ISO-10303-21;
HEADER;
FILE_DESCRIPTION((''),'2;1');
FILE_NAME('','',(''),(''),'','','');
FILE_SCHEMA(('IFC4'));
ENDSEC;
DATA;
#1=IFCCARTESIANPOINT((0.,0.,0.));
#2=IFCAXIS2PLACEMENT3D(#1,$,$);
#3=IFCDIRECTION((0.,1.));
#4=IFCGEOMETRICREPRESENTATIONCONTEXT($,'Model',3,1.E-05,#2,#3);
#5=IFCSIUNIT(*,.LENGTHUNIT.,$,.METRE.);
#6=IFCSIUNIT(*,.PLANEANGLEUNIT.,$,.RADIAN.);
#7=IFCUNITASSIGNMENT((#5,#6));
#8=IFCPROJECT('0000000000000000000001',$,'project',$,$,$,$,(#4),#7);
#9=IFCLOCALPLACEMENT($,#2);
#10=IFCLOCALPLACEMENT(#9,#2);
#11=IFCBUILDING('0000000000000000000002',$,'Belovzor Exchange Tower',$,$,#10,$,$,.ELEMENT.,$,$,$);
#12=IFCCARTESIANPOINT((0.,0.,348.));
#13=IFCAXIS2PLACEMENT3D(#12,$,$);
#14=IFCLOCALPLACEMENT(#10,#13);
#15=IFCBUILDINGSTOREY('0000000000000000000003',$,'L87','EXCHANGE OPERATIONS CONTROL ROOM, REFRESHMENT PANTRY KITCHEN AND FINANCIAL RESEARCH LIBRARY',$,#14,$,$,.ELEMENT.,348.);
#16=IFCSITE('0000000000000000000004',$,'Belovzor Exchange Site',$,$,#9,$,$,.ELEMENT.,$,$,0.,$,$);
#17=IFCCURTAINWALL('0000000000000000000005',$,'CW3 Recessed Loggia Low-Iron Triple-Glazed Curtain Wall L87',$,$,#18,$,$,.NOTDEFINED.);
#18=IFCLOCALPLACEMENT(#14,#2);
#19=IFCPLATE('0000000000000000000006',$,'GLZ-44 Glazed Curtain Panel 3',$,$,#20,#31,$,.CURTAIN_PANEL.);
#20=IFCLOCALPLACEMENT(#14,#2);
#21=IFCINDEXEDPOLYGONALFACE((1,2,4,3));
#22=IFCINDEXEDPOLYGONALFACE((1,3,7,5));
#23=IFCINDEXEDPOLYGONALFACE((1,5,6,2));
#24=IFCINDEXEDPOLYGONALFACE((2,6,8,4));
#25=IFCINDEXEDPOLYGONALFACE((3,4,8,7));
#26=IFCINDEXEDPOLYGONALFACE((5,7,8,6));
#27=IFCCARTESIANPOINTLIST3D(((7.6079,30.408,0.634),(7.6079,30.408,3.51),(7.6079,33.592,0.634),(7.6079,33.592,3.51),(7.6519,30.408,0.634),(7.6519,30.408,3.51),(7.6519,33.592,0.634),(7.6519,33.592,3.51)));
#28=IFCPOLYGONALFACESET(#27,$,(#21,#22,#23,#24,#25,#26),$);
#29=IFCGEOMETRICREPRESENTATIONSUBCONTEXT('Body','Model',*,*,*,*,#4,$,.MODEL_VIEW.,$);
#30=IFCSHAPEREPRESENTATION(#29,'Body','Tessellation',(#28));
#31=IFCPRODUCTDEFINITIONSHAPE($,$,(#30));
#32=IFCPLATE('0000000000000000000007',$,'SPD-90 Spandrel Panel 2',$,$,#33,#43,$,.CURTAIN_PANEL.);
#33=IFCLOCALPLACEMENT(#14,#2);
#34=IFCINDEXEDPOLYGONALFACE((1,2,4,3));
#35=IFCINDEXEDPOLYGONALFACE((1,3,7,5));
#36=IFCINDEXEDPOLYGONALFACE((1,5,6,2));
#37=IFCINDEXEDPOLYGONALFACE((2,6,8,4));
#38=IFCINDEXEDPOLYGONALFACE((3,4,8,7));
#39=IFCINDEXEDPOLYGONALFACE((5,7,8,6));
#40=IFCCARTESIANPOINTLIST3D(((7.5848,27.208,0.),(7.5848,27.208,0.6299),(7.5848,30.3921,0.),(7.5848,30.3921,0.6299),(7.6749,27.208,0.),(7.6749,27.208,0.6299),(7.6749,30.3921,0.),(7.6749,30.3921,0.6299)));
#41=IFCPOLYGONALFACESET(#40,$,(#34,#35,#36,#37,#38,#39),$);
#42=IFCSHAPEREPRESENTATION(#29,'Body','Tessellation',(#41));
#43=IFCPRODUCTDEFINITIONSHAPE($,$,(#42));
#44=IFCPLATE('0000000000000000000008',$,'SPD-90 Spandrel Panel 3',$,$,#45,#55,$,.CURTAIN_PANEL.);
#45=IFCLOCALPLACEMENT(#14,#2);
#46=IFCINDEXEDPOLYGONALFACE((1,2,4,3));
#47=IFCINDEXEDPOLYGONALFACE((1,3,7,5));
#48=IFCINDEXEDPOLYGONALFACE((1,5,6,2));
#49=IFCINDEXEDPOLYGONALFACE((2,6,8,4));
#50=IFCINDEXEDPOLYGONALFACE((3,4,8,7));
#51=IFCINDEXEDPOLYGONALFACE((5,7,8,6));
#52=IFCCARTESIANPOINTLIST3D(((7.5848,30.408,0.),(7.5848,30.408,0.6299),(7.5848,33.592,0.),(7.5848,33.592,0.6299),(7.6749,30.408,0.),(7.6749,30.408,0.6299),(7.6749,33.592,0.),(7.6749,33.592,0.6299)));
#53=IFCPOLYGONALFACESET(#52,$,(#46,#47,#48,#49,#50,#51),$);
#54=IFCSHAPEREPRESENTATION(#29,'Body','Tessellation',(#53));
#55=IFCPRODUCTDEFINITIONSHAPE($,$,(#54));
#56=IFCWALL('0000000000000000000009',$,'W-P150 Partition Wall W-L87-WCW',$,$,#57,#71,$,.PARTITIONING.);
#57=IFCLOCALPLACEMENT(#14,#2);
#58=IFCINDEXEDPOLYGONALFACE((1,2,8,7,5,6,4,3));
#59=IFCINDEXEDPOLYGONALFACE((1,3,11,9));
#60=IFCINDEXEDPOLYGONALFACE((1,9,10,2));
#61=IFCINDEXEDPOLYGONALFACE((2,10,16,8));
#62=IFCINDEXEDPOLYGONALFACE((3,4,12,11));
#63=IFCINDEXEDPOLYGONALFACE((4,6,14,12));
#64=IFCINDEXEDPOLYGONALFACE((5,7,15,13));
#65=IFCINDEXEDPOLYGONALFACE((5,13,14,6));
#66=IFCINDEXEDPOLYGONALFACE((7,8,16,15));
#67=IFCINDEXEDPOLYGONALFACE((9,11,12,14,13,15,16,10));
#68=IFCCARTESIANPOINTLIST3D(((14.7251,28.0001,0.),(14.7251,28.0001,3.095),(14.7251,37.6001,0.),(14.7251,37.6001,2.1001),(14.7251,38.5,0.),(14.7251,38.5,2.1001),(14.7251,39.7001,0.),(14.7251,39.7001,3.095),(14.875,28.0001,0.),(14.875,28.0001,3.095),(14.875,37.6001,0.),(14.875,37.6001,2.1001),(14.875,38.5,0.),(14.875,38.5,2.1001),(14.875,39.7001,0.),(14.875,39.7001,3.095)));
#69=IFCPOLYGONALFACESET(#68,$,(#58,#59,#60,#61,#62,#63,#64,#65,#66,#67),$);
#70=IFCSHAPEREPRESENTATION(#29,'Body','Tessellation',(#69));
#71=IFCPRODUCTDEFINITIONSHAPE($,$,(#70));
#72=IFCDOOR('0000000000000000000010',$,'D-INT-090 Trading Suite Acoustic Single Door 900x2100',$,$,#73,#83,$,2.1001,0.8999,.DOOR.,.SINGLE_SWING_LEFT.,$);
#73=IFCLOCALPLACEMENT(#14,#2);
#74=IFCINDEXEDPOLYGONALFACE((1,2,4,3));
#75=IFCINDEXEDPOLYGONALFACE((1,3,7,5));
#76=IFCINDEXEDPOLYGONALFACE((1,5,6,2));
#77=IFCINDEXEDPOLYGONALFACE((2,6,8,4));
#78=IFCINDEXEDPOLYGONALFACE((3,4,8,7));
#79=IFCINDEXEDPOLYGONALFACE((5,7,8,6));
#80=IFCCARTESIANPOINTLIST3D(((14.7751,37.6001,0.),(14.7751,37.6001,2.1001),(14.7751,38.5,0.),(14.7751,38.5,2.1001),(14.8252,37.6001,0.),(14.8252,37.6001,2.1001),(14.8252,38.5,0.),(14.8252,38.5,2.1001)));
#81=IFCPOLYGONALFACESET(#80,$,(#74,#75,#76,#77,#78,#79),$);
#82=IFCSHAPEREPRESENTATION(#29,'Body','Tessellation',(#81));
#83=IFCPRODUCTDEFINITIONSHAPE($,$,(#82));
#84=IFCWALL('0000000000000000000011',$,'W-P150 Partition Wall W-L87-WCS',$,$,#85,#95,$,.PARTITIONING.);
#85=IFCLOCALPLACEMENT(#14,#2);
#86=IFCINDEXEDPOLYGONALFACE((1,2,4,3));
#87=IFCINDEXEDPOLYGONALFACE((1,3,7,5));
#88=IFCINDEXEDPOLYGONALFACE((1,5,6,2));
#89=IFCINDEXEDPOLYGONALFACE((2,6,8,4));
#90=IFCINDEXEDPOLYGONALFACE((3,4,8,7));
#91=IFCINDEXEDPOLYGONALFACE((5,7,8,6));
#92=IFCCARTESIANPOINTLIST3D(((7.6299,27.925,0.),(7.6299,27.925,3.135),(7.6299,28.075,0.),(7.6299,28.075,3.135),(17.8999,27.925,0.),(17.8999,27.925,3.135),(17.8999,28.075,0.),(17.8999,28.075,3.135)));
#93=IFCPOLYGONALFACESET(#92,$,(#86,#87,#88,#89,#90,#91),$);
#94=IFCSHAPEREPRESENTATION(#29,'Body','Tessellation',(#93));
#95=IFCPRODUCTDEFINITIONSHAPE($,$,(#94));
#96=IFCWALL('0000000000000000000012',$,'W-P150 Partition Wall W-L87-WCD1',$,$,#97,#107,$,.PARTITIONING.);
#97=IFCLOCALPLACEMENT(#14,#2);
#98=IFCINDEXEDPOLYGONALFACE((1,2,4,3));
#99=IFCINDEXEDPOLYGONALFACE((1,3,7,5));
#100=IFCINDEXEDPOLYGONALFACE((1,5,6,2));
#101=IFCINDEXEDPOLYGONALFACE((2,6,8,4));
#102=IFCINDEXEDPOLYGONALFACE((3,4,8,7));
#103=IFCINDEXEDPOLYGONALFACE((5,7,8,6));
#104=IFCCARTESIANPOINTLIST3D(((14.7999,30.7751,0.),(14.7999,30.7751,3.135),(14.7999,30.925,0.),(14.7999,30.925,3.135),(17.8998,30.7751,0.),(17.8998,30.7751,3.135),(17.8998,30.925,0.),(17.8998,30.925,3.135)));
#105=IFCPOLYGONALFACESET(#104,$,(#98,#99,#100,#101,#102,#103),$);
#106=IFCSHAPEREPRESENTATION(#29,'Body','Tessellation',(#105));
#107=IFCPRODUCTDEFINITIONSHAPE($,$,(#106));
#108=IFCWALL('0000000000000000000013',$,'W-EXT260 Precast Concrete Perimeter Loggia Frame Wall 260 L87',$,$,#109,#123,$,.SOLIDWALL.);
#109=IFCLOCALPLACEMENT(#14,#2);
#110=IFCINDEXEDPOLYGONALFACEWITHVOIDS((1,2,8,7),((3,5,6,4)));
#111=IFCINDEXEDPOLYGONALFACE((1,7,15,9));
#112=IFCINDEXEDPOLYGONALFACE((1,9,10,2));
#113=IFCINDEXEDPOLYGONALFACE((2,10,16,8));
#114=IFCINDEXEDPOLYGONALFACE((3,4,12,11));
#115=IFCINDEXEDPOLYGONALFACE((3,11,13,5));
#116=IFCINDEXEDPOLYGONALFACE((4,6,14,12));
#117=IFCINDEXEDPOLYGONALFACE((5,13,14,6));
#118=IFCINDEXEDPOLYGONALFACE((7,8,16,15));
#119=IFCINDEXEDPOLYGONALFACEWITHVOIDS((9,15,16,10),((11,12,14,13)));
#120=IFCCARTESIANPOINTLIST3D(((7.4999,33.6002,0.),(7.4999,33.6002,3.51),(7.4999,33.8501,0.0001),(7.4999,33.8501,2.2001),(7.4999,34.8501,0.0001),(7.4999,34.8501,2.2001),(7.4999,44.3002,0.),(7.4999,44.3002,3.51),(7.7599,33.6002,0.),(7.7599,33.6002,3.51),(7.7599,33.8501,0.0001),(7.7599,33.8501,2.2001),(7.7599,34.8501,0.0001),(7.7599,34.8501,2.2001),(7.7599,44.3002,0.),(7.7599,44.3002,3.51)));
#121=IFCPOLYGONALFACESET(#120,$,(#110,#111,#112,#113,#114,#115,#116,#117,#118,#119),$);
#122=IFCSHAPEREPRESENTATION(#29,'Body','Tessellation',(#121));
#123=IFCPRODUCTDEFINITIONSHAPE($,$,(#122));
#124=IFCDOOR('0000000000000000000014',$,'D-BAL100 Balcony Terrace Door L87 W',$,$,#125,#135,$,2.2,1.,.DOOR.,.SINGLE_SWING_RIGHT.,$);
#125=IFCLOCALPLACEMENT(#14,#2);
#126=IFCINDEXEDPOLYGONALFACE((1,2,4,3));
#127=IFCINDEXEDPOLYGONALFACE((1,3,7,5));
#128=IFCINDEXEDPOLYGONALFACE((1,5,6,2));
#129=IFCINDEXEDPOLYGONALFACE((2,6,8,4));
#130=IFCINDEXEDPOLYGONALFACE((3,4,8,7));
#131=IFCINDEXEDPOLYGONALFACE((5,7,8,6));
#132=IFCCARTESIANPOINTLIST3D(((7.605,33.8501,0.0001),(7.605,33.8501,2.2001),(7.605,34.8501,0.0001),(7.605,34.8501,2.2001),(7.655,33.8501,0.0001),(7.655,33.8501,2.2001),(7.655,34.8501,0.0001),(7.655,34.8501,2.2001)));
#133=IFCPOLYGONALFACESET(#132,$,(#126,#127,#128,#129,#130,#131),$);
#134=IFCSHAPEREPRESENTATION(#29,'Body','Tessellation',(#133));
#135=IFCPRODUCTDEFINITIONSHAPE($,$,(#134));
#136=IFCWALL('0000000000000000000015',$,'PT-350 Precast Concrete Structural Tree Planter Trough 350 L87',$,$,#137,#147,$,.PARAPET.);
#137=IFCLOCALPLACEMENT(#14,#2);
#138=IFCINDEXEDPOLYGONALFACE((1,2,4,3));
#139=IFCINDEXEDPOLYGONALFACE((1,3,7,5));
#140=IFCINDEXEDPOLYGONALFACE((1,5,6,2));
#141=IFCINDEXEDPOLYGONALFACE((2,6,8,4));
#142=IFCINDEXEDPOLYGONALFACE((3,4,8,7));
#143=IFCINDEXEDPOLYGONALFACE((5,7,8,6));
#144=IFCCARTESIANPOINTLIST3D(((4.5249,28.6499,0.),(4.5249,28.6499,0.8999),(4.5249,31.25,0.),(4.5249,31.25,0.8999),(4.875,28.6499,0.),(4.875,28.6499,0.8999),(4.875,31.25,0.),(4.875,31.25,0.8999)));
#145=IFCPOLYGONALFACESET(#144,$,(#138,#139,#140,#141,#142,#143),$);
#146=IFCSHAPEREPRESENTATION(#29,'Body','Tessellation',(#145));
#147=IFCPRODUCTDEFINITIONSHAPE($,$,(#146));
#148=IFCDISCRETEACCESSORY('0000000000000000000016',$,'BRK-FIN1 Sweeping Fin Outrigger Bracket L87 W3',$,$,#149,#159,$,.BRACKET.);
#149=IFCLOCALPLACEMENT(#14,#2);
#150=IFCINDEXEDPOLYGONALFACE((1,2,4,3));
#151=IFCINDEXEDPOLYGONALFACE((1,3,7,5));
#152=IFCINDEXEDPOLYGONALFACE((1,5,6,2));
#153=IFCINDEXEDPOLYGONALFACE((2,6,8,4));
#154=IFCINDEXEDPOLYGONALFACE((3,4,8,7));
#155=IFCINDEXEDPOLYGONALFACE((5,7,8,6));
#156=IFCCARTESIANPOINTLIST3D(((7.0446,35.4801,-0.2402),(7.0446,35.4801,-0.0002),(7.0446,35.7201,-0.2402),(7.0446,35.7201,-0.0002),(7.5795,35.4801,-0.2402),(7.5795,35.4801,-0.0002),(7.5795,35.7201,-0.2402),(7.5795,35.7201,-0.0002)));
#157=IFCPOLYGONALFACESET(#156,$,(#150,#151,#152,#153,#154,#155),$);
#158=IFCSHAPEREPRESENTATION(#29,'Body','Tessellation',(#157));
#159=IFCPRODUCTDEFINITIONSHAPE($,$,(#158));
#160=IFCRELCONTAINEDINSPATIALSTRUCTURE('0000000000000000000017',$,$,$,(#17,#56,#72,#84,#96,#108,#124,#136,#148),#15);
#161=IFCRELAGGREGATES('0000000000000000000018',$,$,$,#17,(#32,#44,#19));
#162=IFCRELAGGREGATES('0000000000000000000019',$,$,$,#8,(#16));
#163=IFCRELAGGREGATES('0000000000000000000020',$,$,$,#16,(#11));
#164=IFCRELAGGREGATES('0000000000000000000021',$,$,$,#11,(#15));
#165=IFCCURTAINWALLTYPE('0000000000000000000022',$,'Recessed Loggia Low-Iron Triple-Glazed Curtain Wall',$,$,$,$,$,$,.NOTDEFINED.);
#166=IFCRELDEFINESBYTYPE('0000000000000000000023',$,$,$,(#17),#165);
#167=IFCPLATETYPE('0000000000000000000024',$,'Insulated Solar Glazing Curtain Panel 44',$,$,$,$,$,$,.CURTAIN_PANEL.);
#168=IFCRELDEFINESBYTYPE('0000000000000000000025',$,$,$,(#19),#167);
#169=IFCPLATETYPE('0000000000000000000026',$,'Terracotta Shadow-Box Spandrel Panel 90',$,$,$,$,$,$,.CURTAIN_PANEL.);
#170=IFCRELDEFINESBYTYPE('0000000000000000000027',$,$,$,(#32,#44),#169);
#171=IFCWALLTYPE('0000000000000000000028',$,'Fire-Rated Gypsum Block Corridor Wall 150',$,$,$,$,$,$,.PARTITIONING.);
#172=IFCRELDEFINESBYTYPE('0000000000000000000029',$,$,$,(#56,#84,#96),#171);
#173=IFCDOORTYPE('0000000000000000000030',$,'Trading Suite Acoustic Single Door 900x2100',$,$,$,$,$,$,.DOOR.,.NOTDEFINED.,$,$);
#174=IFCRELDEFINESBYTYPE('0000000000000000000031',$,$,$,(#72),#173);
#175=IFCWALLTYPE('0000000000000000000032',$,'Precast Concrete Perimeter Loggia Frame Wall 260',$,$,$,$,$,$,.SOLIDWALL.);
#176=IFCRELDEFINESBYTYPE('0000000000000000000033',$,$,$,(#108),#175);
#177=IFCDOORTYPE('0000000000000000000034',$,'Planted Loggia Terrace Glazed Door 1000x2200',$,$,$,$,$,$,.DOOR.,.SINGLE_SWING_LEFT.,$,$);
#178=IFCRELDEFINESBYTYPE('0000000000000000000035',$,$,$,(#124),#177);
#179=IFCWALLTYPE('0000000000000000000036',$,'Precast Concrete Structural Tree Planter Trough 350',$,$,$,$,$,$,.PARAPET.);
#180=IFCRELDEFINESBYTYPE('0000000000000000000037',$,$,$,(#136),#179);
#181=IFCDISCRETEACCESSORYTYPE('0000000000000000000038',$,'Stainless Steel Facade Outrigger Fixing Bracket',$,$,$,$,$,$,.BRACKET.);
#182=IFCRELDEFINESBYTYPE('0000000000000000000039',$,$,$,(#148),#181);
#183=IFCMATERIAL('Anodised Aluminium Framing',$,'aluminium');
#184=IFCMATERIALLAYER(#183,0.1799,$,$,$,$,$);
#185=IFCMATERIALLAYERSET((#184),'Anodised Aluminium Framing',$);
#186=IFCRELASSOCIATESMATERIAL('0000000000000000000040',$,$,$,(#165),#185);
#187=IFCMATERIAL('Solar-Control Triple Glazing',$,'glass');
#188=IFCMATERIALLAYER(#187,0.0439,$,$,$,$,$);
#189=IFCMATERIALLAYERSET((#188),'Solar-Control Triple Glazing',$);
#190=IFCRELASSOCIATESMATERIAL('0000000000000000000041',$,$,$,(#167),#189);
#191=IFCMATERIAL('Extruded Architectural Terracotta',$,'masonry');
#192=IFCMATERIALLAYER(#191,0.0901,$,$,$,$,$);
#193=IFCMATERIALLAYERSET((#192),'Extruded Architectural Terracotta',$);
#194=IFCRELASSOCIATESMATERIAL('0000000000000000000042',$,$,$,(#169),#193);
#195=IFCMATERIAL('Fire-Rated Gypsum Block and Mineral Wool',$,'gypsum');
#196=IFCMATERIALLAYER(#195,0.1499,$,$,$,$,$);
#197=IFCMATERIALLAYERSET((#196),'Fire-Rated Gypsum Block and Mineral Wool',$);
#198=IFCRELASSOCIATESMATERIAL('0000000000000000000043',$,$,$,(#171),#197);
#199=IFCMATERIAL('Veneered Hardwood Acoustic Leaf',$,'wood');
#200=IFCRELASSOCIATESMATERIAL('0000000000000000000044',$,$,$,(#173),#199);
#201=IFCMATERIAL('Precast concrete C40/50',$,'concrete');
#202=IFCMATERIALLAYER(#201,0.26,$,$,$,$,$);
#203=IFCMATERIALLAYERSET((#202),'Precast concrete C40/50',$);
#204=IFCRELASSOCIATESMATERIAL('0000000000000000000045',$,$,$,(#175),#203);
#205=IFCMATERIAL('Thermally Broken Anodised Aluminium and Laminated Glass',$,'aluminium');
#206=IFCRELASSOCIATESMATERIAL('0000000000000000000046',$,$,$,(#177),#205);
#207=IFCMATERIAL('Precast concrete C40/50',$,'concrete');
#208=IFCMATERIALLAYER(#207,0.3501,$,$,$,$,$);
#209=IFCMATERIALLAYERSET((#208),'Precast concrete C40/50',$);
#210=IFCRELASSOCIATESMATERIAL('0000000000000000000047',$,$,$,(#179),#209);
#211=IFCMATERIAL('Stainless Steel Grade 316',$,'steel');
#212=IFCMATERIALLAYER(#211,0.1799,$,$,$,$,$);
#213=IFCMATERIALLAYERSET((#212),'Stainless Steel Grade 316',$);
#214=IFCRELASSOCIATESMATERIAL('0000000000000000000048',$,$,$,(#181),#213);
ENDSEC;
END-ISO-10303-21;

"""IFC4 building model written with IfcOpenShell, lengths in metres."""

from ifc_helpers import new_model, si_unit, direction, frame, frame_2d, origin, origin_2d, place, context, subcontext, project, spatial, rectangle, extrude, material, layer, layer_set, type_object, element, fill, aggregate, save


model = new_model("IFC4")

# Units and contexts
model_context = context("Model", 3, precision=1e-05, world=origin(), true_north=direction((0.0, 1.0)))
body_context = subcontext(model_context, "Body", "Model", "MODEL_VIEW")
ifc_project = project(units=[si_unit("LENGTHUNIT", "METRE"), si_unit("PLANEANGLEUNIT", "RADIAN")], contexts=[model_context])

# Site, building, storey
site_placement = place(None, origin())
site = spatial("IfcSite", under=ifc_project, at=site_placement, Name="Belovzor Exchange Site", CompositionType="ELEMENT", RefElevation=0.0)
building_placement = place(site_placement, origin())
building = spatial("IfcBuilding", under=site, at=building_placement, Name="Belovzor Exchange Tower", CompositionType="ELEMENT")
storey_placement = place(building_placement, frame((0.0, 0.0, 348.0)))
storey = spatial("IfcBuildingStorey", under=building, at=storey_placement, Name="L87", Description="EXCHANGE OPERATIONS CONTROL ROOM, REFRESHMENT PANTRY KITCHEN AND FINANCIAL RESEARCH LIBRARY", CompositionType="ELEMENT", Elevation=348.0)

# Curtain wall
ifc_material_1 = material(Name="Anodised Aluminium Framing", Category="aluminium")
ifc_layer_1 = layer(ifc_material_1, 0.1799)
ifc_layer_set_1 = layer_set([ifc_layer_1], Name="Anodised Aluminium Framing")
curtain_wall_type = type_object("IfcCurtainWallType", Name="Recessed Loggia Low-Iron Triple-Glazed Curtain Wall", PredefinedType="NOTDEFINED", material=ifc_layer_set_1)
curtain_wall_placement = place(storey_placement, origin())
curtain_wall = element("IfcCurtainWall", 1, at=curtain_wall_placement, inside=storey, type_object=curtain_wall_type, Name="CW3 Recessed Loggia Low-Iron Triple-Glazed Curtain Wall L87", PredefinedType="NOTDEFINED")

# Plates
ifc_material_2 = material(Name="Solar-Control Triple Glazing", Category="glass")
ifc_layer_2 = layer(ifc_material_2, 0.0439)
ifc_layer_set_2 = layer_set([ifc_layer_2], Name="Solar-Control Triple Glazing")
plate_type_1 = type_object("IfcPlateType", Name="Insulated Solar Glazing Curtain Panel 44", PredefinedType="CURTAIN_PANEL", material=ifc_layer_set_2)
plate_1_placement = place(storey_placement, frame((7.6299, 32.0, 0.634), z_axis=(0.0, 0.0, 1.0), x_axis=(0.0, 1.0, 0.0)))
plate_1 = element("IfcPlate", 2, at=plate_1_placement, type_object=plate_type_1, Name="GLZ-44 Glazed Curtain Panel 3", PredefinedType="CURTAIN_PANEL", context=body_context, shape_type="SweptSolid", body=[
    extrude(rectangle(XDim=3.1841, YDim=0.0439, at=origin_2d()), origin(), (0.0, 0.0, 1.0), 2.876),
])
ifc_material_3 = material(Name="Extruded Architectural Terracotta", Category="masonry")
ifc_layer_3 = layer(ifc_material_3, 0.0901)
ifc_layer_set_3 = layer_set([ifc_layer_3], Name="Extruded Architectural Terracotta")
plate_type_2 = type_object("IfcPlateType", Name="Terracotta Shadow-Box Spandrel Panel 90", PredefinedType="CURTAIN_PANEL", material=ifc_layer_set_3)
plate_2_placement = place(storey_placement, frame((7.6299, 28.8, 0.0), z_axis=(0.0, 0.0, 1.0), x_axis=(0.0, 1.0, 0.0)))
plate_2 = element("IfcPlate", 3, at=plate_2_placement, type_object=plate_type_2, Name="SPD-90 Spandrel Panel 2", PredefinedType="CURTAIN_PANEL", context=body_context, shape_type="SweptSolid", body=[
    extrude(rectangle(XDim=3.1841, YDim=0.0901, at=origin_2d()), origin(), (0.0, 0.0, 1.0), 0.6299),
])
plate_3_placement = place(storey_placement, frame((7.6299, 32.0, 0.0), z_axis=(0.0, 0.0, 1.0), x_axis=(0.0, 1.0, 0.0)))
plate_3 = element("IfcPlate", 4, at=plate_3_placement, type_object=plate_type_2, Name="SPD-90 Spandrel Panel 3", PredefinedType="CURTAIN_PANEL", context=body_context, shape_type="SweptSolid", body=[
    extrude(rectangle(XDim=3.1841, YDim=0.0901, at=origin_2d()), origin(), (0.0, 0.0, 1.0), 0.6299),
])
aggregate(curtain_wall, [plate_2, plate_3, plate_1])

# Wall, opening, door
ifc_material_4 = material(Name="Fire-Rated Gypsum Block and Mineral Wool", Category="gypsum")
ifc_layer_4 = layer(ifc_material_4, 0.1499)
ifc_layer_set_4 = layer_set([ifc_layer_4], Name="Fire-Rated Gypsum Block and Mineral Wool")
wall_type_1 = type_object("IfcWallType", Name="Fire-Rated Gypsum Block Corridor Wall 150", PredefinedType="PARTITIONING", material=ifc_layer_set_4)
wall_1_placement = place(storey_placement, frame((14.8, 28.0, 0.0), z_axis=(0.0, 0.0, 1.0), x_axis=(0.0, 1.0, 0.0)))
wall_1 = element("IfcWall", 5, at=wall_1_placement, inside=storey, type_object=wall_type_1, Name="W-P150 Partition Wall W-L87-WCW", PredefinedType="PARTITIONING", context=body_context, shape_type="SweptSolid", body=[
    extrude(rectangle(XDim=11.7, YDim=0.1499, at=frame_2d((5.8501, 0.0))), origin(), (0.0, 0.0, 1.0), 3.095),
])
opening_1_placement = place(wall_1_placement, frame((9.6001, 0.0, 0.0)))
opening_1 = element("IfcOpeningElement", 6, at=opening_1_placement, cuts=wall_1, PredefinedType="OPENING", context=body_context, shape_type="SweptSolid", body=[
    extrude(rectangle(XDim=0.8999, YDim=2.1001, at=frame_2d((0.45, 1.05))), frame((0.0, 0.085, 0.0), z_axis=(0.0, -1.0, 0.0), x_axis=(1.0, 0.0, 0.0)), (0.0, 0.0, 1.0), 0.1699),
])
ifc_material_5 = material(Name="Veneered Hardwood Acoustic Leaf", Category="wood")
door_type_1 = type_object("IfcDoorType", Name="Trading Suite Acoustic Single Door 900x2100", OperationType="NOTDEFINED", PredefinedType="DOOR", material=ifc_material_5)
door_1_placement = place(opening_1_placement, origin())
door_1 = element("IfcDoor", 7, at=door_1_placement, inside=storey, type_object=door_type_1, Name="D-INT-090 Trading Suite Acoustic Single Door 900x2100", OperationType="SINGLE_SWING_LEFT", OverallHeight=2.1001, OverallWidth=0.8999, PredefinedType="DOOR", context=body_context, shape_type="SweptSolid", body=[
    extrude(rectangle(XDim=0.8999, YDim=2.1001, at=frame_2d((0.45, 1.05))), frame((0.0, 0.0249, 0.0), z_axis=(0.0, -1.0, 0.0), x_axis=(1.0, 0.0, 0.0)), (0.0, 0.0, 1.0), 0.05),
])
fill(opening_1, door_1)

# Walls
wall_2_placement = place(storey_placement, frame((7.6299, 28.0, 0.0), z_axis=(0.0, 0.0, 1.0), x_axis=(1.0, 0.0, 0.0)))
element("IfcWall", 8, at=wall_2_placement, inside=storey, type_object=wall_type_1, Name="W-P150 Partition Wall W-L87-WCS", PredefinedType="PARTITIONING", context=body_context, shape_type="SweptSolid", body=[
    extrude(rectangle(XDim=10.27, YDim=0.1499, at=frame_2d((5.135, 0.0))), origin(), (0.0, 0.0, 1.0), 3.135),
])
wall_3_placement = place(storey_placement, frame((14.8, 30.8501, 0.0), z_axis=(0.0, 0.0, 1.0), x_axis=(1.0, 0.0, 0.0)))
element("IfcWall", 9, at=wall_3_placement, inside=storey, type_object=wall_type_1, Name="W-P150 Partition Wall W-L87-WCD1", PredefinedType="PARTITIONING", context=body_context, shape_type="SweptSolid", body=[
    extrude(rectangle(XDim=3.0999, YDim=0.1499, at=frame_2d((1.5498, 0.0))), origin(), (0.0, 0.0, 1.0), 3.135),
])

# Wall, opening, door
ifc_material_6 = material(Name="Precast concrete C40/50", Category="concrete")
ifc_layer_5 = layer(ifc_material_6, 0.26)
ifc_layer_set_5 = layer_set([ifc_layer_5], Name="Precast concrete C40/50")
wall_type_2 = type_object("IfcWallType", Name="Precast Concrete Perimeter Loggia Frame Wall 260", PredefinedType="SOLIDWALL", material=ifc_layer_set_5)
wall_4_placement = place(storey_placement, frame((7.6299, 33.6001, 0.0), z_axis=(0.0, 0.0, 1.0), x_axis=(0.0, 1.0, 0.0)))
wall_4 = element("IfcWall", 10, at=wall_4_placement, inside=storey, type_object=wall_type_2, Name="W-EXT260 Precast Concrete Perimeter Loggia Frame Wall 260 L87", PredefinedType="SOLIDWALL", context=body_context, shape_type="SweptSolid", body=[
    extrude(rectangle(XDim=10.7, YDim=0.26, at=frame_2d((5.3501, 0.0))), origin(), (0.0, 0.0, 1.0), 3.51),
])
opening_2_placement = place(wall_4_placement, frame((0.25, 0.0, 0.0)))
opening_2 = element("IfcOpeningElement", 11, at=opening_2_placement, cuts=wall_4, PredefinedType="OPENING", context=body_context, shape_type="SweptSolid", body=[
    extrude(rectangle(XDim=1.0, YDim=2.2, at=frame_2d((0.5, 1.1001))), frame((0.0, 0.1399, 0.0), z_axis=(0.0, -1.0, 0.0), x_axis=(1.0, 0.0, 0.0)), (0.0, 0.0, 1.0), 0.28),
])
ifc_material_7 = material(Name="Thermally Broken Anodised Aluminium and Laminated Glass", Category="aluminium")
door_type_2 = type_object("IfcDoorType", Name="Planted Loggia Terrace Glazed Door 1000x2200", OperationType="SINGLE_SWING_LEFT", PredefinedType="DOOR", material=ifc_material_7)
door_2_placement = place(opening_2_placement, origin())
door_2 = element("IfcDoor", 12, at=door_2_placement, inside=storey, type_object=door_type_2, Name="D-BAL100 Balcony Terrace Door L87 W", OperationType="SINGLE_SWING_RIGHT", OverallHeight=2.2, OverallWidth=1.0, PredefinedType="DOOR", context=body_context, shape_type="SweptSolid", body=[
    extrude(rectangle(XDim=1.0, YDim=2.2, at=frame_2d((0.5, 1.1001))), frame((0.0, 0.0249, 0.0), z_axis=(0.0, -1.0, 0.0), x_axis=(1.0, 0.0, 0.0)), (0.0, 0.0, 1.0), 0.05),
])
fill(opening_2, door_2)

# Wall
ifc_material_8 = material(Name="Precast concrete C40/50", Category="concrete")
ifc_layer_6 = layer(ifc_material_8, 0.3501)
ifc_layer_set_6 = layer_set([ifc_layer_6], Name="Precast concrete C40/50")
wall_type_3 = type_object("IfcWallType", Name="Precast Concrete Structural Tree Planter Trough 350", PredefinedType="PARAPET", material=ifc_layer_set_6)
wall_5_placement = place(storey_placement, frame((4.7, 28.6499, 0.0), z_axis=(0.0, 0.0, 1.0), x_axis=(0.0, 1.0, 0.0)))
element("IfcWall", 13, at=wall_5_placement, inside=storey, type_object=wall_type_3, Name="PT-350 Precast Concrete Structural Tree Planter Trough 350 L87", PredefinedType="PARAPET", context=body_context, shape_type="SweptSolid", body=[
    extrude(rectangle(XDim=2.6001, YDim=0.3501, at=frame_2d((1.3, 0.0))), origin(), (0.0, 0.0, 1.0), 0.8999),
])

# Discrete accessory
ifc_material_9 = material(Name="Stainless Steel Grade 316", Category="steel")
ifc_layer_7 = layer(ifc_material_9, 0.1799)
ifc_layer_set_7 = layer_set([ifc_layer_7], Name="Stainless Steel Grade 316")
discrete_accessory_type = type_object("IfcDiscreteAccessoryType", Name="Stainless Steel Facade Outrigger Fixing Bracket", PredefinedType="BRACKET", material=ifc_layer_set_7)
discrete_accessory_placement = place(storey_placement, frame((7.312, 35.6001, -0.2402), z_axis=(0.0, 0.0, 1.0), x_axis=(1.0, 0.0, 0.0)))
element("IfcDiscreteAccessory", 14, at=discrete_accessory_placement, inside=storey, type_object=discrete_accessory_type, Name="BRK-FIN1 Sweeping Fin Outrigger Bracket L87 W3", PredefinedType="BRACKET", context=body_context, shape_type="SweptSolid", body=[
    extrude(rectangle(XDim=0.5349, YDim=0.24, at=origin_2d()), origin(), (0.0, 0.0, 1.0), 0.24),
])

save(model, "model.ifc")
